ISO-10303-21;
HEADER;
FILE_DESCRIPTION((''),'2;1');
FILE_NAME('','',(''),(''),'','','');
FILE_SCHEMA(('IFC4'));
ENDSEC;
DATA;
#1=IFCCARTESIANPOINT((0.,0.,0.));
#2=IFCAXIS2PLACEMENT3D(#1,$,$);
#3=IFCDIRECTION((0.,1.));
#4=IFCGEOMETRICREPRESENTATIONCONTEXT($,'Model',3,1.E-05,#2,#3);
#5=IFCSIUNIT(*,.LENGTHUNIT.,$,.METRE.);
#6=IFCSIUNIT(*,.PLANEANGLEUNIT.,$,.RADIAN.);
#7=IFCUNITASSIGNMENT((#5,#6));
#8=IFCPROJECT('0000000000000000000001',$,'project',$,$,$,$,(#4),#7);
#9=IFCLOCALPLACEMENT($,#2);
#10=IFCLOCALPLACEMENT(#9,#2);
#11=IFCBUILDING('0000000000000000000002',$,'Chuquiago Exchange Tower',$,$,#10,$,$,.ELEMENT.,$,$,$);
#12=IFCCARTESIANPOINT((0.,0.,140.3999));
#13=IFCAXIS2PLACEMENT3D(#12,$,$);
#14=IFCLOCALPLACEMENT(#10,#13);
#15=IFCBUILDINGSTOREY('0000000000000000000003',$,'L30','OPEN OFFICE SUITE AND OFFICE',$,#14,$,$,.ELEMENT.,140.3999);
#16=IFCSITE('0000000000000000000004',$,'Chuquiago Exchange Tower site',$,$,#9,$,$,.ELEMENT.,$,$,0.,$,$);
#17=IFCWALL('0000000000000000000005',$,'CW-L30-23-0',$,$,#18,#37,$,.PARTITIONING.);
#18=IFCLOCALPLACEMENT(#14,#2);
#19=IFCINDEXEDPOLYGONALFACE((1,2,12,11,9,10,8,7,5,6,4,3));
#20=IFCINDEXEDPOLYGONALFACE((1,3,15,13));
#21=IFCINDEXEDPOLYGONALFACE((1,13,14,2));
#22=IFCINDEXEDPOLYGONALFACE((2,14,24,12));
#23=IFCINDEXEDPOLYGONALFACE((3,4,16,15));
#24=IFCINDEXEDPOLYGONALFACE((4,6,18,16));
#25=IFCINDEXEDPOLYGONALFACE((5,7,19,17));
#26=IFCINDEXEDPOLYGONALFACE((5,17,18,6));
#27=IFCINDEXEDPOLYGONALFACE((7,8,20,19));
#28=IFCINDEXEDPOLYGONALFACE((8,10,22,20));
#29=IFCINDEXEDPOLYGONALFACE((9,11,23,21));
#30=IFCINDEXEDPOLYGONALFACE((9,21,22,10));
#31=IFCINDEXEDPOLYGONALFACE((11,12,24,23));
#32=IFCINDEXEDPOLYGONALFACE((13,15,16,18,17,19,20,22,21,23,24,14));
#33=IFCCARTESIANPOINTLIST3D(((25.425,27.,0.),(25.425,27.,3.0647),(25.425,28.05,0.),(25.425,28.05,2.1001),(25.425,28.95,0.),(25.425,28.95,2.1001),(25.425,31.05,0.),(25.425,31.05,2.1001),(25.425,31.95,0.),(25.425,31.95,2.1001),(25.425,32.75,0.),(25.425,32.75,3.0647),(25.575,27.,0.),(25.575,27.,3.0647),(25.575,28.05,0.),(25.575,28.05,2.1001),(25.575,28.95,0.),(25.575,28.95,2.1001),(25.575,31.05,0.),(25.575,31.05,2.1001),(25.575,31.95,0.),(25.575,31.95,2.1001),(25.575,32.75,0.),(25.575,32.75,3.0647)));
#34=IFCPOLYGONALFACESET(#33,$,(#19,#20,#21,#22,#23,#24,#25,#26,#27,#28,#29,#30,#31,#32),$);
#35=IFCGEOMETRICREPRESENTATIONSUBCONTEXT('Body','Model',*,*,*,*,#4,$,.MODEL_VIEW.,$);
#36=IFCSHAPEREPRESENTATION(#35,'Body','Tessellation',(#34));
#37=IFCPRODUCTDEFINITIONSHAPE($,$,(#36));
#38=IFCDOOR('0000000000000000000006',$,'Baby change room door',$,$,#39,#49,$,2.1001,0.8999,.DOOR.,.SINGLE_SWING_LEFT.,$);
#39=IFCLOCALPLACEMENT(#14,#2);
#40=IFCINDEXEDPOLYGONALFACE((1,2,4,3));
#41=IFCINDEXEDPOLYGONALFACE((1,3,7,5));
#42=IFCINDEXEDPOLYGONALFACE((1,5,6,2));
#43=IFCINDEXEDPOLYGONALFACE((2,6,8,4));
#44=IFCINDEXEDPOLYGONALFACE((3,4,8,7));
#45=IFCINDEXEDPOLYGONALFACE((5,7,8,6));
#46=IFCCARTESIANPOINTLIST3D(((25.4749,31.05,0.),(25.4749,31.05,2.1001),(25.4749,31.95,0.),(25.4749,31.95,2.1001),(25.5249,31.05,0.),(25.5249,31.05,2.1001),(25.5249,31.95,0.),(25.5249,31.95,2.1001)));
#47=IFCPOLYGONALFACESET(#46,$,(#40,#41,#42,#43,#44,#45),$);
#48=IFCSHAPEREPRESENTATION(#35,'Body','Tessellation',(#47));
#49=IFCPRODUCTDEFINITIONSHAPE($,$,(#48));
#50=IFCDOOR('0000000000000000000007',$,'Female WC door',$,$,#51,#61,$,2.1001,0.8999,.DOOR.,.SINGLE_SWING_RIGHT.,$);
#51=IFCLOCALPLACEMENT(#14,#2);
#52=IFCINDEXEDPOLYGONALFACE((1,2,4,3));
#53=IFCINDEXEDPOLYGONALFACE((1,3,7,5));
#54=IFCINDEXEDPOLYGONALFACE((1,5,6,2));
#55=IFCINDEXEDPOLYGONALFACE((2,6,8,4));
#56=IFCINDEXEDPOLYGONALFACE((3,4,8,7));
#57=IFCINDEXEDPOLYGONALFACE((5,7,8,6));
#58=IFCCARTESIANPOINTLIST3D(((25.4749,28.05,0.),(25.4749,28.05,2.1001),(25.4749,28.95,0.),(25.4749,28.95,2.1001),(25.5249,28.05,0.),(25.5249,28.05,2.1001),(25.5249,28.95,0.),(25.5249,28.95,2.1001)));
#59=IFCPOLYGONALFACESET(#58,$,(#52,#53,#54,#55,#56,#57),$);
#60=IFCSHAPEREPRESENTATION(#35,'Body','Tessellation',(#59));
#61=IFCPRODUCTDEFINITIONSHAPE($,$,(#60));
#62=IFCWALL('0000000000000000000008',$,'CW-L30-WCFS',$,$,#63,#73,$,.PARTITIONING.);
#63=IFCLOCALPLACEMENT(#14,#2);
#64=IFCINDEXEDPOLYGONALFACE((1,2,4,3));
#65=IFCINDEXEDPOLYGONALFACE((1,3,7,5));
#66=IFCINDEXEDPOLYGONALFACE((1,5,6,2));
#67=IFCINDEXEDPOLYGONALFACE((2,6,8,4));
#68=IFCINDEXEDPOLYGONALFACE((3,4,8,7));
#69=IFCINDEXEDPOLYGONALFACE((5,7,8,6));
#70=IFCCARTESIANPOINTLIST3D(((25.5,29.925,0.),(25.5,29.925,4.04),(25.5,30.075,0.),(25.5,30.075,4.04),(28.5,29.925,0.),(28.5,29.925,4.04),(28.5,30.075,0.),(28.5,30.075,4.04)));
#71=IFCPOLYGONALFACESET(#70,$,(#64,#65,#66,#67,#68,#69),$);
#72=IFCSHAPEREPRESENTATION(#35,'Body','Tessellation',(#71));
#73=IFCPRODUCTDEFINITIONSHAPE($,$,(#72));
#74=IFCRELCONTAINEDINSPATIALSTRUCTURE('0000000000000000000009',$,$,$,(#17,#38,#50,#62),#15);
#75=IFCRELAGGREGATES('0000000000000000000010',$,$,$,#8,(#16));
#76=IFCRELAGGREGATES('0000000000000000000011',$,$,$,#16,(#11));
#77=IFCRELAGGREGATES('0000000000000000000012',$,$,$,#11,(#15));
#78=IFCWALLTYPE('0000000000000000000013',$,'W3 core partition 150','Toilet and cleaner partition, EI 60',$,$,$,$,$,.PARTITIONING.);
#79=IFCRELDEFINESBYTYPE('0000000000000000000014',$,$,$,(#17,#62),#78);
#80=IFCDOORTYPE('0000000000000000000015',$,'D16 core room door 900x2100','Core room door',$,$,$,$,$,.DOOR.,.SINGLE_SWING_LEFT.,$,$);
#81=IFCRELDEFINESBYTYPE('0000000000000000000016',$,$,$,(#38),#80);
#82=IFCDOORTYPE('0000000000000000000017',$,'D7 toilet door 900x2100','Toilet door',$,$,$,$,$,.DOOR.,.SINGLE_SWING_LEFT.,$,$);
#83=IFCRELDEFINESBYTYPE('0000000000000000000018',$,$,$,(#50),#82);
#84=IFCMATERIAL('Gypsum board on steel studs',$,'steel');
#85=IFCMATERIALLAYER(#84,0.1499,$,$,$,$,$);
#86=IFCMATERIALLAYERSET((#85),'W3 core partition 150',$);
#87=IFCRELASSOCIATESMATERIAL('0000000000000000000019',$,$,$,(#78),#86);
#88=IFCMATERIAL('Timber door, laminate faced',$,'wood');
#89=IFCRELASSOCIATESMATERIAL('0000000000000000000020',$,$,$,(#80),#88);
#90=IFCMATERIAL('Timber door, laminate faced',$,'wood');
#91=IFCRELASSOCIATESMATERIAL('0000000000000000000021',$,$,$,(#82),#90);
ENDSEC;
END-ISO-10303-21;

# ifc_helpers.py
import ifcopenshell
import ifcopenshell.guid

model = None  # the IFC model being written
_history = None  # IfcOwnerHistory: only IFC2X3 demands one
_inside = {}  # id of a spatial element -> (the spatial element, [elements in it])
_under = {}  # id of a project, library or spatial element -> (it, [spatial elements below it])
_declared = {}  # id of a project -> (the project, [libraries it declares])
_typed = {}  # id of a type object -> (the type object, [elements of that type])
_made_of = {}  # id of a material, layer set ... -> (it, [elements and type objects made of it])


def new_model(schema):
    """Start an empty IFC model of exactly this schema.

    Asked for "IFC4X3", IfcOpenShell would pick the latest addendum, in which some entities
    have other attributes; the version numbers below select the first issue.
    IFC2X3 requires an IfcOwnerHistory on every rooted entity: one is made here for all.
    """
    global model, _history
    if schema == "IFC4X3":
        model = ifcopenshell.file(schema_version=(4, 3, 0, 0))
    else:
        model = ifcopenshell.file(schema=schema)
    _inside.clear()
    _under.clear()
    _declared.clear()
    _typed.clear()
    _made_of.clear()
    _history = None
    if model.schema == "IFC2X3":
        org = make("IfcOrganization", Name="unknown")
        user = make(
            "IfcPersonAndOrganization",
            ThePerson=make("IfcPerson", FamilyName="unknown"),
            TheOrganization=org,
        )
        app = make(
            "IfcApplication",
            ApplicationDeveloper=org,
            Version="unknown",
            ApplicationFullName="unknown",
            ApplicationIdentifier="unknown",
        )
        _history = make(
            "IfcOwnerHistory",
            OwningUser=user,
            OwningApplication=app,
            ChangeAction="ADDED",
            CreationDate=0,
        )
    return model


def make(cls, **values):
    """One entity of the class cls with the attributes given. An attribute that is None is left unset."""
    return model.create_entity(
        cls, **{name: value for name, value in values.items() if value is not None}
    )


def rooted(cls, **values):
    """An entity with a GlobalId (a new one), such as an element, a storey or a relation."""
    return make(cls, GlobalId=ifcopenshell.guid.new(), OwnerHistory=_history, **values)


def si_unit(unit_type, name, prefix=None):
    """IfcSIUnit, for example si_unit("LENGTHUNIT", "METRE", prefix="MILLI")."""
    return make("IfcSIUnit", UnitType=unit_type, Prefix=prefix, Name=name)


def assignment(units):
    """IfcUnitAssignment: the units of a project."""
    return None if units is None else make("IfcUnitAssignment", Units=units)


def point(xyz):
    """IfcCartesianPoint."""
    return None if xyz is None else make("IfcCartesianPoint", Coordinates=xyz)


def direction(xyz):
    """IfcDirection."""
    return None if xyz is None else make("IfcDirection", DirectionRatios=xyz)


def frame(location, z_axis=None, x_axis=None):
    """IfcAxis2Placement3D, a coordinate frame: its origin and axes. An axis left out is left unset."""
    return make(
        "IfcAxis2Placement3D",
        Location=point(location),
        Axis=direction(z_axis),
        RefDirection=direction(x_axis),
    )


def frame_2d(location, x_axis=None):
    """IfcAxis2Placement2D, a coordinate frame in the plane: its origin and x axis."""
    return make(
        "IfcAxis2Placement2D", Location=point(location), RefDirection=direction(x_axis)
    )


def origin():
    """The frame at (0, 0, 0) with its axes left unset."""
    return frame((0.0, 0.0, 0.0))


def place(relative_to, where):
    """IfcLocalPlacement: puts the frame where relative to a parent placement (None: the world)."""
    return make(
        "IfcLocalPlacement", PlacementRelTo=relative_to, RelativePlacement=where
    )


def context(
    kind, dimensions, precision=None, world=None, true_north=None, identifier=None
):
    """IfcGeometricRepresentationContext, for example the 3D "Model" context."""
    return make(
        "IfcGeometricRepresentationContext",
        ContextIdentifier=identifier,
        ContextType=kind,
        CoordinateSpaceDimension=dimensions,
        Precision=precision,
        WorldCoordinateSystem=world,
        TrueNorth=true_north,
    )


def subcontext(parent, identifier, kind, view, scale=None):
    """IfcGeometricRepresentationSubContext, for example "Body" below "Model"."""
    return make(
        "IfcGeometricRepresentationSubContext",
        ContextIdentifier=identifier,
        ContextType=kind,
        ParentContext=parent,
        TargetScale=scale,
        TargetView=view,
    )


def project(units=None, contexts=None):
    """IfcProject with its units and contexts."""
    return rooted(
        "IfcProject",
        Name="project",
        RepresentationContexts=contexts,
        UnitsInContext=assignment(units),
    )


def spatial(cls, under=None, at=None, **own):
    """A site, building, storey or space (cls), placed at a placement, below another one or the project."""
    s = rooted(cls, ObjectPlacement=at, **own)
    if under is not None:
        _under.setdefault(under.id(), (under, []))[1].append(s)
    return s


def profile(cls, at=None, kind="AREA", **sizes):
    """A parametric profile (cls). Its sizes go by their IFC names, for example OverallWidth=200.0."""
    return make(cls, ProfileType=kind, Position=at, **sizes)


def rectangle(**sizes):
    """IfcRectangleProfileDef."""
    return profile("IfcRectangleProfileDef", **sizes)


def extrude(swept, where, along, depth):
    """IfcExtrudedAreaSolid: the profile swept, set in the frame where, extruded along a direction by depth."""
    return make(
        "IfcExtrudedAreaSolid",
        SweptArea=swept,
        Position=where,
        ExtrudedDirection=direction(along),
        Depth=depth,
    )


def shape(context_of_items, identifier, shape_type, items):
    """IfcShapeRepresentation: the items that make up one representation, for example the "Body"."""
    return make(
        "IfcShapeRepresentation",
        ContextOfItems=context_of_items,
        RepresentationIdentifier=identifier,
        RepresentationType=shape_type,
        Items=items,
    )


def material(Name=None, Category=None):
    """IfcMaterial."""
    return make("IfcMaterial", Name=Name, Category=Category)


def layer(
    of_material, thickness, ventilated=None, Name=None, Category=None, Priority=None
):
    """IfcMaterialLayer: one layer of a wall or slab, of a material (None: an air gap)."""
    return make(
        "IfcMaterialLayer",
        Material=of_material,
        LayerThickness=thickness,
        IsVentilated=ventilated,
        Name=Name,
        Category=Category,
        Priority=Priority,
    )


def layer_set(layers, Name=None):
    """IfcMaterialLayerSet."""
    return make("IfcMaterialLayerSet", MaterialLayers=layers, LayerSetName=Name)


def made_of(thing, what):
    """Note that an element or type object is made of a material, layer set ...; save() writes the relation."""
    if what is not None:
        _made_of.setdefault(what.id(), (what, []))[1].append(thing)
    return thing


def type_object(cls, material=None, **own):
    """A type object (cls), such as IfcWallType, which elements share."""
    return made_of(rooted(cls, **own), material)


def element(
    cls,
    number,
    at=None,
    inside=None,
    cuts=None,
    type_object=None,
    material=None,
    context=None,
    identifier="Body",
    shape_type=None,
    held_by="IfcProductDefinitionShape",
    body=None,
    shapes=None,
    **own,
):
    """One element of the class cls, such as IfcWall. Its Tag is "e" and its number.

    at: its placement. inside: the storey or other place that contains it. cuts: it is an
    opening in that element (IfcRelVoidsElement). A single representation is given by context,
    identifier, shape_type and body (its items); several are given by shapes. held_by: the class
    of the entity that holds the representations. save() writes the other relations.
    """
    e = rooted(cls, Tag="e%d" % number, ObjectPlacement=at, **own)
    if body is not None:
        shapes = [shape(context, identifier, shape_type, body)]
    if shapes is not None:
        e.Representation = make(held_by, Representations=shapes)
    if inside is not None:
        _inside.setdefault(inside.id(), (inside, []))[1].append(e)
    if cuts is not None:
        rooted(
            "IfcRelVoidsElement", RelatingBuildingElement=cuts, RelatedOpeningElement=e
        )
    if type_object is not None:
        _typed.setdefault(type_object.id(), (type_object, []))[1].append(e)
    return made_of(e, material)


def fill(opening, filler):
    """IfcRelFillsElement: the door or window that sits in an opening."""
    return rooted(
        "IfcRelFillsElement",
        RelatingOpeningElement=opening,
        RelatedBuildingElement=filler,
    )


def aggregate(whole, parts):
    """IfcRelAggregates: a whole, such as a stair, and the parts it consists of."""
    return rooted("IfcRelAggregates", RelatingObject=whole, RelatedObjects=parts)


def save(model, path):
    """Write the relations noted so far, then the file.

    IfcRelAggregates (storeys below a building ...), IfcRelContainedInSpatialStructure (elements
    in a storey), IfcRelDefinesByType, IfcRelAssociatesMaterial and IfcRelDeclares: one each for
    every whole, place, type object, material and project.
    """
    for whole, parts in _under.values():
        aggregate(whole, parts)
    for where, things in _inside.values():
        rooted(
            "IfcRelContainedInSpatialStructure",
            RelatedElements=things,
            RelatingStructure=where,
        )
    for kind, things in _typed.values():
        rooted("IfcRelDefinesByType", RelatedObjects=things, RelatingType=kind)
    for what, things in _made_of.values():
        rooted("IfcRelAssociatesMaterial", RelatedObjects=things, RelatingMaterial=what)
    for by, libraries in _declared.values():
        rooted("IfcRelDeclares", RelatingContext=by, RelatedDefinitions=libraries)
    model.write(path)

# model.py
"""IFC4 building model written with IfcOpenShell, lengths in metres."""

from ifc_helpers import new_model, si_unit, direction, frame, frame_2d, origin, place, context, subcontext, project, spatial, rectangle, extrude, material, layer, layer_set, type_object, element, fill, save


model = new_model("IFC4")

# Units and contexts
model_context = context("Model", 3, precision=1e-05, world=origin(), true_north=direction((0.0, 1.0)))
body_context = subcontext(model_context, "Body", "Model", "MODEL_VIEW")
ifc_project = project(units=[si_unit("LENGTHUNIT", "METRE"), si_unit("PLANEANGLEUNIT", "RADIAN")], contexts=[model_context])

# Site, building, storey
site_placement = place(None, origin())
site = spatial("IfcSite", under=ifc_project, at=site_placement, Name="Chuquiago Exchange Tower site", CompositionType="ELEMENT", RefElevation=0.0)
building_placement = place(site_placement, origin())
building = spatial("IfcBuilding", under=site, at=building_placement, Name="Chuquiago Exchange Tower", CompositionType="ELEMENT")
storey_placement = place(building_placement, frame((0.0, 0.0, 140.3999)))
storey = spatial("IfcBuildingStorey", under=building, at=storey_placement, Name="L30", Description="OPEN OFFICE SUITE AND OFFICE", CompositionType="ELEMENT", Elevation=140.3999)

# Wall, openings, doors
ifc_material_1 = material(Name="Gypsum board on steel studs", Category="steel")
ifc_layer_1 = layer(ifc_material_1, 0.1499)
ifc_layer_set_1 = layer_set([ifc_layer_1], Name="W3 core partition 150")
wall_type_1 = type_object("IfcWallType", Name="W3 core partition 150", Description="Toilet and cleaner partition, EI 60", PredefinedType="PARTITIONING", material=ifc_layer_set_1)
ifc_material_2 = material(Name="Timber door, laminate faced", Category="wood")
door_type_1 = type_object("IfcDoorType", Name="D16 core room door 900x2100", Description="Core room door", OperationType="SINGLE_SWING_LEFT", PredefinedType="DOOR", material=ifc_material_2)
ifc_material_3 = material(Name="Timber door, laminate faced", Category="wood")
door_type_2 = type_object("IfcDoorType", Name="D7 toilet door 900x2100", Description="Toilet door", OperationType="SINGLE_SWING_LEFT", PredefinedType="DOOR", material=ifc_material_3)
wall_1_placement = place(storey_placement, frame((25.5, 27.0, 0.0), z_axis=(0.0, 0.0, 1.0), x_axis=(0.0, 1.0, 0.0)))
wall_1 = element("IfcWall", 1, at=wall_1_placement, inside=storey, type_object=wall_type_1, Name="CW-L30-23-0", PredefinedType="PARTITIONING", context=body_context, shape_type="SweptSolid", body=[
    extrude(rectangle(XDim=5.75, YDim=0.1499, at=frame_2d((2.875, 0.0))), origin(), (0.0, 0.0, 1.0), 3.0647),
])
opening_1_placement = place(wall_1_placement, frame((1.05, 0.0, 0.0)))
opening_1 = element("IfcOpeningElement", 2, at=opening_1_placement, cuts=wall_1, PredefinedType="OPENING", context=body_context, shape_type="SweptSolid", body=[
    extrude(rectangle(XDim=0.8999, YDim=2.1001, at=frame_2d((0.45, 1.05))), frame((0.0, 0.085, 0.0), z_axis=(0.0, -1.0, 0.0), x_axis=(1.0, 0.0, 0.0)), (0.0, 0.0, 1.0), 0.1699),
])
opening_2_placement = place(wall_1_placement, frame((4.05, 0.0, 0.0)))
opening_2 = element("IfcOpeningElement", 3, at=opening_2_placement, cuts=wall_1, PredefinedType="OPENING", context=body_context, shape_type="SweptSolid", body=[
    extrude(rectangle(XDim=0.8999, YDim=2.1001, at=frame_2d((0.45, 1.05))), frame((0.0, 0.085, 0.0), z_axis=(0.0, -1.0, 0.0), x_axis=(1.0, 0.0, 0.0)), (0.0, 0.0, 1.0), 0.1699),
])
door_1_placement = place(opening_2_placement, frame((0.8999, 0.0, 0.0), z_axis=(0.0, 0.0, 1.0), x_axis=(-1.0, 0.0, 0.0)))
door_1 = element("IfcDoor", 4, at=door_1_placement, inside=storey, type_object=door_type_1, Name="Baby change room door", OperationType="SINGLE_SWING_LEFT", OverallHeight=2.1001, OverallWidth=0.8999, PredefinedType="DOOR", context=body_context, shape_type="SweptSolid", body=[
    extrude(rectangle(XDim=0.8999, YDim=2.1001, at=frame_2d((0.45, 1.05))), frame((0.0, 0.0249, 0.0), z_axis=(0.0, -1.0, 0.0), x_axis=(1.0, 0.0, 0.0)), (0.0, 0.0, 1.0), 0.05),
])
fill(opening_2, door_1)
door_2_placement = place(opening_1_placement, frame((0.8999, 0.0, 0.0), z_axis=(0.0, 0.0, 1.0), x_axis=(-1.0, 0.0, 0.0)))
door_2 = element("IfcDoor", 5, at=door_2_placement, inside=storey, type_object=door_type_2, Name="Female WC door", OperationType="SINGLE_SWING_RIGHT", OverallHeight=2.1001, OverallWidth=0.8999, PredefinedType="DOOR", context=body_context, shape_type="SweptSolid", body=[
    extrude(rectangle(XDim=0.8999, YDim=2.1001, at=frame_2d((0.45, 1.05))), frame((0.0, 0.0249, 0.0), z_axis=(0.0, -1.0, 0.0), x_axis=(1.0, 0.0, 0.0)), (0.0, 0.0, 1.0), 0.05),
])
fill(opening_1, door_2)

# Wall
wall_2_placement = place(storey_placement, frame((25.5, 30.0, 0.0), z_axis=(0.0, 0.0, 1.0), x_axis=(1.0, 0.0, 0.0)))
element("IfcWall", 6, at=wall_2_placement, inside=storey, type_object=wall_type_1, Name="CW-L30-WCFS", PredefinedType="PARTITIONING", context=body_context, shape_type="SweptSolid", body=[
    extrude(rectangle(XDim=3.0, YDim=0.1499, at=frame_2d((1.5, 0.0))), origin(), (0.0, 0.0, 1.0), 4.04),
])

save(model, "model.ifc")
